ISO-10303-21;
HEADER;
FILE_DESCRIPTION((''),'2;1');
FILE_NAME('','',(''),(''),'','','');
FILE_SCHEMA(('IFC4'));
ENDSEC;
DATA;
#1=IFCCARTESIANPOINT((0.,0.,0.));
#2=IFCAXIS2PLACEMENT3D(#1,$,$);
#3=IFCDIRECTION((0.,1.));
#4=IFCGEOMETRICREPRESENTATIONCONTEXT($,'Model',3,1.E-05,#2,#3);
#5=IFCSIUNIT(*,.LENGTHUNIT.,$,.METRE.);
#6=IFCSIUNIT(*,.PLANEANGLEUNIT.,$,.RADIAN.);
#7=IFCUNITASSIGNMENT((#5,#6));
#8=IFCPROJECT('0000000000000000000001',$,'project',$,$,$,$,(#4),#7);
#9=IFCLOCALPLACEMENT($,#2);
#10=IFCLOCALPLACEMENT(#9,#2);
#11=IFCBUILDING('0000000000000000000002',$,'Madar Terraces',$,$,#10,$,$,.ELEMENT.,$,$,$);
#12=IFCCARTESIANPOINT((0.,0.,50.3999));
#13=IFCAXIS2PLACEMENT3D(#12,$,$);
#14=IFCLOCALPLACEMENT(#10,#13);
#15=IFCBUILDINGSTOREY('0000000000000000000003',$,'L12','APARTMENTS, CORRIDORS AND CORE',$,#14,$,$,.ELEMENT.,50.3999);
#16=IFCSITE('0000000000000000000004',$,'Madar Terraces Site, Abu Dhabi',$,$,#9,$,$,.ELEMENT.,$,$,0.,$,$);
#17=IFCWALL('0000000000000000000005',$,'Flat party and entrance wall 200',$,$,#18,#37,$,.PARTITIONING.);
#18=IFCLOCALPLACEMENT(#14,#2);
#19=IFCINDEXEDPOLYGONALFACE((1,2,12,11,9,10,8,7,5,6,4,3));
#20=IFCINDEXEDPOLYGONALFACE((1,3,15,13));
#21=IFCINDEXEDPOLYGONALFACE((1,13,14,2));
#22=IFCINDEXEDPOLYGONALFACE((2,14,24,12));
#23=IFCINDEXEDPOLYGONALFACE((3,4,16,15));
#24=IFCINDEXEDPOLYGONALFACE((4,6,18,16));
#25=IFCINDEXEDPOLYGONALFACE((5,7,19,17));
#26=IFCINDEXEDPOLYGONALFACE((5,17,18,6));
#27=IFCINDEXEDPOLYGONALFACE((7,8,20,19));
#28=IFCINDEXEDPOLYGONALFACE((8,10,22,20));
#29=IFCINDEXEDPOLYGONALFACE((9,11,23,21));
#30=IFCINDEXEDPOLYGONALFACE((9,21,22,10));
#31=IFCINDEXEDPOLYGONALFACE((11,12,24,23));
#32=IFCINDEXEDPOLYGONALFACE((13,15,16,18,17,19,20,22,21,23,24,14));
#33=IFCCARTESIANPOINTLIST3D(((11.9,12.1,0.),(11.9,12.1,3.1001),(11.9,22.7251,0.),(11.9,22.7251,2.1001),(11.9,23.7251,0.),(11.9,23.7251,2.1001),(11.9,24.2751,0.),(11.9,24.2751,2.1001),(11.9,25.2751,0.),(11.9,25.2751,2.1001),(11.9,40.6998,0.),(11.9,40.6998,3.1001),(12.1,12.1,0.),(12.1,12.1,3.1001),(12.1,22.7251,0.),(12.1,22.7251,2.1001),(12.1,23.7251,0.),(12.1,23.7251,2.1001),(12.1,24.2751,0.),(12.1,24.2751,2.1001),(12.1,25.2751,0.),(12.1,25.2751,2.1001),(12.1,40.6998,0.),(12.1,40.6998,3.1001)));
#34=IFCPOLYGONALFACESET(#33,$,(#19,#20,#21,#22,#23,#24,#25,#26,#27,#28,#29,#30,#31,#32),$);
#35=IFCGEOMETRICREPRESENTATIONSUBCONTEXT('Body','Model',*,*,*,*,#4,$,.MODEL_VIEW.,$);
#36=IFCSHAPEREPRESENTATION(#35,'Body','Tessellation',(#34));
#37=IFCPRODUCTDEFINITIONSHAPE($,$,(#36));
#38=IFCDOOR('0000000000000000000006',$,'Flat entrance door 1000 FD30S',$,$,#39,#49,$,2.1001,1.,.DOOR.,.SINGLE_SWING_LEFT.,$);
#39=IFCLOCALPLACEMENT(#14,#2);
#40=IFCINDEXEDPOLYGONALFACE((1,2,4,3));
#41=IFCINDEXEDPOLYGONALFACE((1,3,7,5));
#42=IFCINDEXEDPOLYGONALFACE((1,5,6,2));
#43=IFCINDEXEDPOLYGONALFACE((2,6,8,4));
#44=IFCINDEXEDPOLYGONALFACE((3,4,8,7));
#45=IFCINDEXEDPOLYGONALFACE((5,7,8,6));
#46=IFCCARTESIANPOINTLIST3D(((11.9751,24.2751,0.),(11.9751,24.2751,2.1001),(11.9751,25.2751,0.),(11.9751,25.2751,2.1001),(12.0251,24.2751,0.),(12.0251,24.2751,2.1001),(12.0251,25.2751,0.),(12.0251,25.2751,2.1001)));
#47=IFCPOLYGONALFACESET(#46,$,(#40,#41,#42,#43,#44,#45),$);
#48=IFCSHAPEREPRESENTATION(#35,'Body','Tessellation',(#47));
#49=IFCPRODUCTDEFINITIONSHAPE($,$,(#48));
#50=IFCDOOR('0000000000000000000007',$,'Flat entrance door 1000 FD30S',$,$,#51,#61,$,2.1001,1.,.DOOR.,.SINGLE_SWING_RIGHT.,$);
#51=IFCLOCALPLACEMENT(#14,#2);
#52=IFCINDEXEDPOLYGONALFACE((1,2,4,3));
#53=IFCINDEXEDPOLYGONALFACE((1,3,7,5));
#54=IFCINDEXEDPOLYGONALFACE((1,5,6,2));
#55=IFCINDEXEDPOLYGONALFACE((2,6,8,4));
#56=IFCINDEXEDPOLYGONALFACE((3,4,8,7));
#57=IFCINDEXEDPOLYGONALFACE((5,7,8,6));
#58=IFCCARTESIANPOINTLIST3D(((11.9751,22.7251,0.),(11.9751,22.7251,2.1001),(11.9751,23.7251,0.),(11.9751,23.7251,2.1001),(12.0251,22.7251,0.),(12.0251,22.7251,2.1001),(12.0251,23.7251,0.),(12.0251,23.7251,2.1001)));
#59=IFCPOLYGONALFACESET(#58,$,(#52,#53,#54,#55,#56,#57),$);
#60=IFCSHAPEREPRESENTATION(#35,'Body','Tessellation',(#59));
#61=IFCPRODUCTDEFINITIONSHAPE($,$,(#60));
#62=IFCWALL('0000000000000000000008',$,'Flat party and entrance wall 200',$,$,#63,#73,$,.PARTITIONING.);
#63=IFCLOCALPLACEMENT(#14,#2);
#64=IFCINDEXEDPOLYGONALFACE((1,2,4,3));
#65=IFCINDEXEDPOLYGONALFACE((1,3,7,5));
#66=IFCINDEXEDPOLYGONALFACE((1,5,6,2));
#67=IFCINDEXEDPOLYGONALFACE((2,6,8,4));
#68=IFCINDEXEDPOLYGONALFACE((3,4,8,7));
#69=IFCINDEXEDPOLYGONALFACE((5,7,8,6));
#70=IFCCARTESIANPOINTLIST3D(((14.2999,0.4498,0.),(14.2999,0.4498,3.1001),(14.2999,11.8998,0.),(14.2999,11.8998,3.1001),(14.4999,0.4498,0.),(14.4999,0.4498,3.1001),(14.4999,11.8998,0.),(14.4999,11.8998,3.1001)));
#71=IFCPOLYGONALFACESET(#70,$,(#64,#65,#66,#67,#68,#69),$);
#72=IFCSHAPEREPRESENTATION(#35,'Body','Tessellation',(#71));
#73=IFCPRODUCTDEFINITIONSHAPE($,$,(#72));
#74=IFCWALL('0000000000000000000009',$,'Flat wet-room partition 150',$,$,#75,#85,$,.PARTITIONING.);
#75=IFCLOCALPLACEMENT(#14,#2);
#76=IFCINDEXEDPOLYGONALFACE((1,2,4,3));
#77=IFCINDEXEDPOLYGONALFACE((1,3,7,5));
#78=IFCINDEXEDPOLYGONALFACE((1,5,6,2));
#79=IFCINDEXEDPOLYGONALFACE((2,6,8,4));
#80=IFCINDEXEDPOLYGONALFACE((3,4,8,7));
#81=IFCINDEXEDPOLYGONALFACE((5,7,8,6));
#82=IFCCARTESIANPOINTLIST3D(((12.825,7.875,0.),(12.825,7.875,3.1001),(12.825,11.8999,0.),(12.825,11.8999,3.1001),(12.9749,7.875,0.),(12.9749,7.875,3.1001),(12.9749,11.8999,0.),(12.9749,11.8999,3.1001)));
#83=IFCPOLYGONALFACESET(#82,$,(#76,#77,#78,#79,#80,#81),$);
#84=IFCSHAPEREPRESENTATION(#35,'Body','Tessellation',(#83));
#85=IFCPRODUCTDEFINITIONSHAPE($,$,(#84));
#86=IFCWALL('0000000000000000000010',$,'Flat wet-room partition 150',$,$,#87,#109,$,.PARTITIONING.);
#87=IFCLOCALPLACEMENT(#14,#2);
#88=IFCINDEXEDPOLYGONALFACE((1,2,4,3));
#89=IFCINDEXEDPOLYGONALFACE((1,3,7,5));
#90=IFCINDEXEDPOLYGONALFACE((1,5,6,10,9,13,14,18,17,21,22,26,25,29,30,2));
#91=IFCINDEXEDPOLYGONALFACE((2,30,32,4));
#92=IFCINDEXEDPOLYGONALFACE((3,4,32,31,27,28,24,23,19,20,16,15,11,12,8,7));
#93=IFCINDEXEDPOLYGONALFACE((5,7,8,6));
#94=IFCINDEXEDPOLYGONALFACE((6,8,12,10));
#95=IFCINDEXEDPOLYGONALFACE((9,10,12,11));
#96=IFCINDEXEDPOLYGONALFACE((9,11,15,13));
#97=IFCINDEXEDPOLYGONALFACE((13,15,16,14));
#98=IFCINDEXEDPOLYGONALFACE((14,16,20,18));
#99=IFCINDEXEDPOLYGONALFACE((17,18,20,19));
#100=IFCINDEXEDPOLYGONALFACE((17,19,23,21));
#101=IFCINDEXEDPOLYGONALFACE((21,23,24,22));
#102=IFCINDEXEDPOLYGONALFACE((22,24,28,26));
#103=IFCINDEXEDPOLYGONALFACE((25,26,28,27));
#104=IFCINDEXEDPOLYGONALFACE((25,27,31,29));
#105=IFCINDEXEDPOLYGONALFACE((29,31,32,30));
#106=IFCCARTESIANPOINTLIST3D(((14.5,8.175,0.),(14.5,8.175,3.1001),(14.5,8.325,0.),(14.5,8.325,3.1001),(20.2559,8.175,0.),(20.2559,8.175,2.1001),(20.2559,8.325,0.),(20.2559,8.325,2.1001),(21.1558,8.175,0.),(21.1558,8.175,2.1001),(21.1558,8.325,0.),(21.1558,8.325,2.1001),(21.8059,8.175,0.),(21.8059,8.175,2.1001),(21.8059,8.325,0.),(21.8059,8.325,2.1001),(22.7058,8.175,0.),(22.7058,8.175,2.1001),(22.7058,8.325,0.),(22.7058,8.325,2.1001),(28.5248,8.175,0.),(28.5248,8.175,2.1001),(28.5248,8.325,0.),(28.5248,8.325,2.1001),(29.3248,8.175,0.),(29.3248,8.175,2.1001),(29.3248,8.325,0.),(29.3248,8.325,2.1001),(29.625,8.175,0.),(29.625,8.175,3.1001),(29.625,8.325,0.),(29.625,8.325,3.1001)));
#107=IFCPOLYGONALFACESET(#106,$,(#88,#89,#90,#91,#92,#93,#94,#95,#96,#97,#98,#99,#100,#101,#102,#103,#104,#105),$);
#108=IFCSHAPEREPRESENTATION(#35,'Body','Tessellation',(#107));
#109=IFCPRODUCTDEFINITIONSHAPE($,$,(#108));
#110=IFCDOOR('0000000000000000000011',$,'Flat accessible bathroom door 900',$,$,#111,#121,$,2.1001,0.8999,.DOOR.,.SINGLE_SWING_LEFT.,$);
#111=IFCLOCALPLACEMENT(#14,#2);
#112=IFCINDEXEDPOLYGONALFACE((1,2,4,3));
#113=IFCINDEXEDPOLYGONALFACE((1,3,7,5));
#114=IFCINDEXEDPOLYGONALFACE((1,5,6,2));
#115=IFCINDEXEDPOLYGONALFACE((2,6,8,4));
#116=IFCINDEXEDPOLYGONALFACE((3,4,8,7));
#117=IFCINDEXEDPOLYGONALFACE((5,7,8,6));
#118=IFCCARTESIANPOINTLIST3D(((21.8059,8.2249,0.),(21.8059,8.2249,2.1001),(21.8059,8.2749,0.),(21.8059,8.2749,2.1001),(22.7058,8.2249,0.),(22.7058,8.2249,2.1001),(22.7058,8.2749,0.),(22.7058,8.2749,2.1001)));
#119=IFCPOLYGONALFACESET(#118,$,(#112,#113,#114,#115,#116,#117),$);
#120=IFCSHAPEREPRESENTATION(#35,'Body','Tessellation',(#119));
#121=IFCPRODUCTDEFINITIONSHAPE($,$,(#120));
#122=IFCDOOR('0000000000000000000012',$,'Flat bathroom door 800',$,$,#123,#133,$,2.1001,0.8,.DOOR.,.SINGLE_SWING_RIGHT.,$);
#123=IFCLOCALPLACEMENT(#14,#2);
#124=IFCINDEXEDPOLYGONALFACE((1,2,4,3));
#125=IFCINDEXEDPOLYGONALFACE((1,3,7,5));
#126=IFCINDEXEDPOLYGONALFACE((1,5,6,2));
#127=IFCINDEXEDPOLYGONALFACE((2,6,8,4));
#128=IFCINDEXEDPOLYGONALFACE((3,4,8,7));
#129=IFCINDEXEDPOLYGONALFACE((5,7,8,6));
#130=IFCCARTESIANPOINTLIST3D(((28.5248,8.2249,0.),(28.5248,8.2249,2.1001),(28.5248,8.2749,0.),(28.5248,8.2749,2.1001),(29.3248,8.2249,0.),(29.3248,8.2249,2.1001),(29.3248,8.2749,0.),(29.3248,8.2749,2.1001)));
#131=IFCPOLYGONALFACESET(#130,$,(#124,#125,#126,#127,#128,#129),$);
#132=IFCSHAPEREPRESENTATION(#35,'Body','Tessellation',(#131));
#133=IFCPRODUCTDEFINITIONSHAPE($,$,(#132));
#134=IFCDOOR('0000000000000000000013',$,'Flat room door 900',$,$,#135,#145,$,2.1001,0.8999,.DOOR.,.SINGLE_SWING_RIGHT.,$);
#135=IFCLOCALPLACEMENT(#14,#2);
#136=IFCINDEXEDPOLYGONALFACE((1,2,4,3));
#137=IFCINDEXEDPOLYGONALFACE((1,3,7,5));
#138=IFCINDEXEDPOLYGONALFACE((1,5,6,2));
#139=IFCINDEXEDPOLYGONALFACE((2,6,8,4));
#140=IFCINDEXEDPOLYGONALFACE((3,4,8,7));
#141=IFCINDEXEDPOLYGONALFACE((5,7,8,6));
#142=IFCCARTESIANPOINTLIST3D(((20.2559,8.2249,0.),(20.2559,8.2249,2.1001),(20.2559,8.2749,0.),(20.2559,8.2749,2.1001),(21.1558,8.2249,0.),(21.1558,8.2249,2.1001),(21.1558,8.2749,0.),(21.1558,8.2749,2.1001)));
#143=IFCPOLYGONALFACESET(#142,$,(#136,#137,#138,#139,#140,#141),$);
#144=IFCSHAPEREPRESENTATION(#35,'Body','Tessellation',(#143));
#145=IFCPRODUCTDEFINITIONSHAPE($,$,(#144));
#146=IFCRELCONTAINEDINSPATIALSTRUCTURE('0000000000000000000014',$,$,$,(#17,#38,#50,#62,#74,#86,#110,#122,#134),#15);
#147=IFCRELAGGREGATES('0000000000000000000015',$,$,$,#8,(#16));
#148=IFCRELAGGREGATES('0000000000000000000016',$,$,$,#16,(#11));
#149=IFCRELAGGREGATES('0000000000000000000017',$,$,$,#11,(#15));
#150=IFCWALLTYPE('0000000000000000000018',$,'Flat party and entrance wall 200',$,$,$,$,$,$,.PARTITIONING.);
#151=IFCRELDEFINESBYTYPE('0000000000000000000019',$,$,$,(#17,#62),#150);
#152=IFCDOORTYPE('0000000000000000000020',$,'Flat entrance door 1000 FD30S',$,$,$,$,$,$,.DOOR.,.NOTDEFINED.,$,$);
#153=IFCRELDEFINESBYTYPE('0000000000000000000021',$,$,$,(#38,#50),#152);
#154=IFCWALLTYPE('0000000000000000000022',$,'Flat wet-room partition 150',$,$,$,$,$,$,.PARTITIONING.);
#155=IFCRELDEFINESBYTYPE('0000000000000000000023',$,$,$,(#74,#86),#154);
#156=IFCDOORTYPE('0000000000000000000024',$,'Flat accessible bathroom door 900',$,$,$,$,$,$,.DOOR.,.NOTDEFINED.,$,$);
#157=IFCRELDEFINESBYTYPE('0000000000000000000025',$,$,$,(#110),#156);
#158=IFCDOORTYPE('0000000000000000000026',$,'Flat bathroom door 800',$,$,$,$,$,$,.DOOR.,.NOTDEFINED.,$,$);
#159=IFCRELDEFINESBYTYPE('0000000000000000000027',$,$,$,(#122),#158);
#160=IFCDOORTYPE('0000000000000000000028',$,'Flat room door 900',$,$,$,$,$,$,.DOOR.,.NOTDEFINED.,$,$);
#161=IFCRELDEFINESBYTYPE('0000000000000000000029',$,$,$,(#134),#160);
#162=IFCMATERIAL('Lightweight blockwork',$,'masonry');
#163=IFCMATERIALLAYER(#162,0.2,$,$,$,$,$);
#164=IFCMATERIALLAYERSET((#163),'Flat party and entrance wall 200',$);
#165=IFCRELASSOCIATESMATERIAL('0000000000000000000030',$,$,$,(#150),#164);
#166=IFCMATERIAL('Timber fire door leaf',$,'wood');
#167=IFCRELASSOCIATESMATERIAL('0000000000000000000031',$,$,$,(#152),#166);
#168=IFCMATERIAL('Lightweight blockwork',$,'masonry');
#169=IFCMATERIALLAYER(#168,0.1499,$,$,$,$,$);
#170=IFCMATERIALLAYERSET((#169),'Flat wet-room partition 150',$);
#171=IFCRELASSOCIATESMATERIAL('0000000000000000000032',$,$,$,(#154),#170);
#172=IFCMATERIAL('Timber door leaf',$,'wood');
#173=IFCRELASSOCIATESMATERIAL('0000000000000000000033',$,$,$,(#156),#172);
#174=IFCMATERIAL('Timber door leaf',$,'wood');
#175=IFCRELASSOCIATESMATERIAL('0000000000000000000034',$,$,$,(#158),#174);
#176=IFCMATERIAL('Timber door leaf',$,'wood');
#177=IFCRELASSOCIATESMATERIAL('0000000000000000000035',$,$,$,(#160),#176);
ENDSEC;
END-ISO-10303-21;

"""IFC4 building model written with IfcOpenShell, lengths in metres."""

from ifc_helpers import new_model, si_unit, direction, frame, frame_2d, origin, place, context, subcontext, project, spatial, rectangle, extrude, material, layer, layer_set, type_object, element, fill, save


model = new_model("IFC4")

# Units and contexts
model_context = context("Model", 3, precision=1e-05, world=origin(), true_north=direction((0.0, 1.0)))
body_context = subcontext(model_context, "Body", "Model", "MODEL_VIEW")
ifc_project = project(units=[si_unit("LENGTHUNIT", "METRE"), si_unit("PLANEANGLEUNIT", "RADIAN")], contexts=[model_context])

# Site, building, storey
site_placement = place(None, origin())
site = spatial("IfcSite", under=ifc_project, at=site_placement, Name="Madar Terraces Site, Abu Dhabi", CompositionType="ELEMENT", RefElevation=0.0)
building_placement = place(site_placement, origin())
building = spatial("IfcBuilding", under=site, at=building_placement, Name="Madar Terraces", CompositionType="ELEMENT")
storey_placement = place(building_placement, frame((0.0, 0.0, 50.3999)))
storey = spatial("IfcBuildingStorey", under=building, at=storey_placement, Name="L12", Description="APARTMENTS, CORRIDORS AND CORE", CompositionType="ELEMENT", Elevation=50.3999)

# Wall, openings, doors
ifc_material_1 = material(Name="Lightweight blockwork", Category="masonry")
ifc_layer_1 = layer(ifc_material_1, 0.2)
ifc_layer_set_1 = layer_set([ifc_layer_1], Name="Flat party and entrance wall 200")
wall_type_1 = type_object("IfcWallType", Name="Flat party and entrance wall 200", PredefinedType="PARTITIONING", material=ifc_layer_set_1)
wall_1_placement = place(storey_placement, frame((12.0, 12.1001, 0.0), z_axis=(0.0, 0.0, 1.0), x_axis=(0.0, 1.0, 0.0)))
wall_1 = element("IfcWall", 1, at=wall_1_placement, inside=storey, type_object=wall_type_1, Name="Flat party and entrance wall 200", PredefinedType="PARTITIONING", context=body_context, shape_type="SweptSolid", body=[
    extrude(rectangle(XDim=28.5999, YDim=0.2, at=frame_2d((14.2998, 0.0))), origin(), (0.0, 0.0, 1.0), 3.1001),
])
opening_1_placement = place(wall_1_placement, frame((12.175, 0.0, 0.0)))
opening_1 = element("IfcOpeningElement", 2, at=opening_1_placement, cuts=wall_1, PredefinedType="OPENING", context=body_context, shape_type="SweptSolid", body=[
    extrude(rectangle(XDim=1.0, YDim=2.1001, at=frame_2d((0.5, 1.05))), frame((0.0, 0.1099, 0.0), z_axis=(0.0, -1.0, 0.0), x_axis=(1.0, 0.0, 0.0)), (0.0, 0.0, 1.0), 0.22),
])
opening_2_placement = place(wall_1_placement, frame((10.625, 0.0, 0.0)))
opening_2 = element("IfcOpeningElement", 3, at=opening_2_placement, cuts=wall_1, PredefinedType="OPENING", context=body_context, shape_type="SweptSolid", body=[
    extrude(rectangle(XDim=1.0, YDim=2.1001, at=frame_2d((0.5, 1.05))), frame((0.0, 0.1099, 0.0), z_axis=(0.0, -1.0, 0.0), x_axis=(1.0, 0.0, 0.0)), (0.0, 0.0, 1.0), 0.22),
])
ifc_material_2 = material(Name="Timber fire door leaf", Category="wood")
door_type_1 = type_object("IfcDoorType", Name="Flat entrance door 1000 FD30S", OperationType="NOTDEFINED", PredefinedType="DOOR", material=ifc_material_2)
door_1_placement = place(opening_1_placement, origin())
door_1 = element("IfcDoor", 4, at=door_1_placement, inside=storey, type_object=door_type_1, Name="Flat entrance door 1000 FD30S", OperationType="SINGLE_SWING_LEFT", OverallHeight=2.1001, OverallWidth=1.0, PredefinedType="DOOR", context=body_context, shape_type="SweptSolid", body=[
    extrude(rectangle(XDim=1.0, YDim=2.1001, at=frame_2d((0.5, 1.05))), frame((0.0, 0.0249, 0.0), z_axis=(0.0, -1.0, 0.0), x_axis=(1.0, 0.0, 0.0)), (0.0, 0.0, 1.0), 0.05),
])
fill(opening_1, door_1)
door_2_placement = place(opening_2_placement, origin())
door_2 = element("IfcDoor", 5, at=door_2_placement, inside=storey, type_object=door_type_1, Name="Flat entrance door 1000 FD30S", OperationType="SINGLE_SWING_RIGHT", OverallHeight=2.1001, OverallWidth=1.0, PredefinedType="DOOR", context=body_context, shape_type="SweptSolid", body=[
    extrude(rectangle(XDim=1.0, YDim=2.1001, at=frame_2d((0.5, 1.05))), frame((0.0, 0.0249, 0.0), z_axis=(0.0, -1.0, 0.0), x_axis=(1.0, 0.0, 0.0)), (0.0, 0.0, 1.0), 0.05),
])
fill(opening_2, door_2)

# Walls
wall_2_placement = place(storey_placement, frame((14.3999, 11.8999, 0.0), z_axis=(0.0, 0.0, 1.0), x_axis=(0.0, -1.0, 0.0)))
element("IfcWall", 6, at=wall_2_placement, inside=storey, type_object=wall_type_1, Name="Flat party and entrance wall 200", PredefinedType="PARTITIONING", context=body_context, shape_type="SweptSolid", body=[
    extrude(rectangle(XDim=11.45, YDim=0.2, at=frame_2d((5.7251, 0.0))), origin(), (0.0, 0.0, 1.0), 3.1001),
])
ifc_material_3 = material(Name="Lightweight blockwork", Category="masonry")
ifc_layer_2 = layer(ifc_material_3, 0.1499)
ifc_layer_set_2 = layer_set([ifc_layer_2], Name="Flat wet-room partition 150")
wall_type_2 = type_object("IfcWallType", Name="Flat wet-room partition 150", PredefinedType="PARTITIONING", material=ifc_layer_set_2)
wall_3_placement = place(storey_placement, frame((12.8999, 11.8999, 0.0), z_axis=(0.0, 0.0, 1.0), x_axis=(0.0, -1.0, 0.0)))
element("IfcWall", 7, at=wall_3_placement, inside=storey, type_object=wall_type_2, Name="Flat wet-room partition 150", PredefinedType="PARTITIONING", context=body_context, shape_type="SweptSolid", body=[
    extrude(rectangle(XDim=4.0249, YDim=0.1499, at=frame_2d((2.0125, 0.0))), origin(), (0.0, 0.0, 1.0), 3.1001),
])

# Wall, openings, doors
wall_4_placement = place(storey_placement, frame((14.5, 8.25, 0.0), z_axis=(0.0, 0.0, 1.0), x_axis=(1.0, 0.0, 0.0)))
wall_4 = element("IfcWall", 8, at=wall_4_placement, inside=storey, type_object=wall_type_2, Name="Flat wet-room partition 150", PredefinedType="PARTITIONING", context=body_context, shape_type="SweptSolid", body=[
    extrude(rectangle(XDim=15.125, YDim=0.1499, at=frame_2d((7.5625, 0.0))), origin(), (0.0, 0.0, 1.0), 3.1001),
])
opening_3_placement = place(wall_4_placement, frame((14.0249, 0.0, 0.0)))
opening_3 = element("IfcOpeningElement", 9, at=opening_3_placement, cuts=wall_4, PredefinedType="OPENING", context=body_context, shape_type="SweptSolid", body=[
    extrude(rectangle(XDim=0.8, YDim=2.1001, at=frame_2d((0.3999, 1.05))), frame((0.0, 0.085, 0.0), z_axis=(0.0, -1.0, 0.0), x_axis=(1.0, 0.0, 0.0)), (0.0, 0.0, 1.0), 0.1699),
])
opening_4_placement = place(wall_4_placement, frame((7.3059, 0.0, 0.0)))
opening_4 = element("IfcOpeningElement", 10, at=opening_4_placement, cuts=wall_4, PredefinedType="OPENING", context=body_context, shape_type="SweptSolid", body=[
    extrude(rectangle(XDim=0.8999, YDim=2.1001, at=frame_2d((0.45, 1.05))), frame((0.0, 0.085, 0.0), z_axis=(0.0, -1.0, 0.0), x_axis=(1.0, 0.0, 0.0)), (0.0, 0.0, 1.0), 0.1699),
])
opening_5_placement = place(wall_4_placement, frame((5.7559, 0.0, 0.0)))
opening_5 = element("IfcOpeningElement", 11, at=opening_5_placement, cuts=wall_4, PredefinedType="OPENING", context=body_context, shape_type="SweptSolid", body=[
    extrude(rectangle(XDim=0.8999, YDim=2.1001, at=frame_2d((0.45, 1.05))), frame((0.0, 0.085, 0.0), z_axis=(0.0, -1.0, 0.0), x_axis=(1.0, 0.0, 0.0)), (0.0, 0.0, 1.0), 0.1699),
])
ifc_material_4 = material(Name="Timber door leaf", Category="wood")
door_type_2 = type_object("IfcDoorType", Name="Flat accessible bathroom door 900", OperationType="NOTDEFINED", PredefinedType="DOOR", material=ifc_material_4)
door_3_placement = place(opening_4_placement, origin())
door_3 = element("IfcDoor", 12, at=door_3_placement, inside=storey, type_object=door_type_2, Name="Flat accessible bathroom door 900", OperationType="SINGLE_SWING_LEFT", OverallHeight=2.1001, OverallWidth=0.8999, PredefinedType="DOOR", context=body_context, shape_type="SweptSolid", body=[
    extrude(rectangle(XDim=0.8999, YDim=2.1001, at=frame_2d((0.45, 1.05))), frame((0.0, 0.0249, 0.0), z_axis=(0.0, -1.0, 0.0), x_axis=(1.0, 0.0, 0.0)), (0.0, 0.0, 1.0), 0.05),
])
fill(opening_4, door_3)
ifc_material_5 = material(Name="Timber door leaf", Category="wood")
door_type_3 = type_object("IfcDoorType", Name="Flat bathroom door 800", OperationType="NOTDEFINED", PredefinedType="DOOR", material=ifc_material_5)
door_4_placement = place(opening_3_placement, origin())
door_4 = element("IfcDoor", 13, at=door_4_placement, inside=storey, type_object=door_type_3, Name="Flat bathroom door 800", OperationType="SINGLE_SWING_RIGHT", OverallHeight=2.1001, OverallWidth=0.8, PredefinedType="DOOR", context=body_context, shape_type="SweptSolid", body=[
    extrude(rectangle(XDim=0.8, YDim=2.1001, at=frame_2d((0.3999, 1.05))), frame((0.0, 0.0249, 0.0), z_axis=(0.0, -1.0, 0.0), x_axis=(1.0, 0.0, 0.0)), (0.0, 0.0, 1.0), 0.05),
])
fill(opening_3, door_4)
ifc_material_6 = material(Name="Timber door leaf", Category="wood")
door_type_4 = type_object("IfcDoorType", Name="Flat room door 900", OperationType="NOTDEFINED", PredefinedType="DOOR", material=ifc_material_6)
door_5_placement = place(opening_5_placement, origin())
door_5 = element("IfcDoor", 14, at=door_5_placement, inside=storey, type_object=door_type_4, Name="Flat room door 900", OperationType="SINGLE_SWING_RIGHT", OverallHeight=2.1001, OverallWidth=0.8999, PredefinedType="DOOR", context=body_context, shape_type="SweptSolid", body=[
    extrude(rectangle(XDim=0.8999, YDim=2.1001, at=frame_2d((0.45, 1.05))), frame((0.0, 0.0249, 0.0), z_axis=(0.0, -1.0, 0.0), x_axis=(1.0, 0.0, 0.0)), (0.0, 0.0, 1.0), 0.05),
])
fill(opening_5, door_5)

save(model, "model.ifc")
